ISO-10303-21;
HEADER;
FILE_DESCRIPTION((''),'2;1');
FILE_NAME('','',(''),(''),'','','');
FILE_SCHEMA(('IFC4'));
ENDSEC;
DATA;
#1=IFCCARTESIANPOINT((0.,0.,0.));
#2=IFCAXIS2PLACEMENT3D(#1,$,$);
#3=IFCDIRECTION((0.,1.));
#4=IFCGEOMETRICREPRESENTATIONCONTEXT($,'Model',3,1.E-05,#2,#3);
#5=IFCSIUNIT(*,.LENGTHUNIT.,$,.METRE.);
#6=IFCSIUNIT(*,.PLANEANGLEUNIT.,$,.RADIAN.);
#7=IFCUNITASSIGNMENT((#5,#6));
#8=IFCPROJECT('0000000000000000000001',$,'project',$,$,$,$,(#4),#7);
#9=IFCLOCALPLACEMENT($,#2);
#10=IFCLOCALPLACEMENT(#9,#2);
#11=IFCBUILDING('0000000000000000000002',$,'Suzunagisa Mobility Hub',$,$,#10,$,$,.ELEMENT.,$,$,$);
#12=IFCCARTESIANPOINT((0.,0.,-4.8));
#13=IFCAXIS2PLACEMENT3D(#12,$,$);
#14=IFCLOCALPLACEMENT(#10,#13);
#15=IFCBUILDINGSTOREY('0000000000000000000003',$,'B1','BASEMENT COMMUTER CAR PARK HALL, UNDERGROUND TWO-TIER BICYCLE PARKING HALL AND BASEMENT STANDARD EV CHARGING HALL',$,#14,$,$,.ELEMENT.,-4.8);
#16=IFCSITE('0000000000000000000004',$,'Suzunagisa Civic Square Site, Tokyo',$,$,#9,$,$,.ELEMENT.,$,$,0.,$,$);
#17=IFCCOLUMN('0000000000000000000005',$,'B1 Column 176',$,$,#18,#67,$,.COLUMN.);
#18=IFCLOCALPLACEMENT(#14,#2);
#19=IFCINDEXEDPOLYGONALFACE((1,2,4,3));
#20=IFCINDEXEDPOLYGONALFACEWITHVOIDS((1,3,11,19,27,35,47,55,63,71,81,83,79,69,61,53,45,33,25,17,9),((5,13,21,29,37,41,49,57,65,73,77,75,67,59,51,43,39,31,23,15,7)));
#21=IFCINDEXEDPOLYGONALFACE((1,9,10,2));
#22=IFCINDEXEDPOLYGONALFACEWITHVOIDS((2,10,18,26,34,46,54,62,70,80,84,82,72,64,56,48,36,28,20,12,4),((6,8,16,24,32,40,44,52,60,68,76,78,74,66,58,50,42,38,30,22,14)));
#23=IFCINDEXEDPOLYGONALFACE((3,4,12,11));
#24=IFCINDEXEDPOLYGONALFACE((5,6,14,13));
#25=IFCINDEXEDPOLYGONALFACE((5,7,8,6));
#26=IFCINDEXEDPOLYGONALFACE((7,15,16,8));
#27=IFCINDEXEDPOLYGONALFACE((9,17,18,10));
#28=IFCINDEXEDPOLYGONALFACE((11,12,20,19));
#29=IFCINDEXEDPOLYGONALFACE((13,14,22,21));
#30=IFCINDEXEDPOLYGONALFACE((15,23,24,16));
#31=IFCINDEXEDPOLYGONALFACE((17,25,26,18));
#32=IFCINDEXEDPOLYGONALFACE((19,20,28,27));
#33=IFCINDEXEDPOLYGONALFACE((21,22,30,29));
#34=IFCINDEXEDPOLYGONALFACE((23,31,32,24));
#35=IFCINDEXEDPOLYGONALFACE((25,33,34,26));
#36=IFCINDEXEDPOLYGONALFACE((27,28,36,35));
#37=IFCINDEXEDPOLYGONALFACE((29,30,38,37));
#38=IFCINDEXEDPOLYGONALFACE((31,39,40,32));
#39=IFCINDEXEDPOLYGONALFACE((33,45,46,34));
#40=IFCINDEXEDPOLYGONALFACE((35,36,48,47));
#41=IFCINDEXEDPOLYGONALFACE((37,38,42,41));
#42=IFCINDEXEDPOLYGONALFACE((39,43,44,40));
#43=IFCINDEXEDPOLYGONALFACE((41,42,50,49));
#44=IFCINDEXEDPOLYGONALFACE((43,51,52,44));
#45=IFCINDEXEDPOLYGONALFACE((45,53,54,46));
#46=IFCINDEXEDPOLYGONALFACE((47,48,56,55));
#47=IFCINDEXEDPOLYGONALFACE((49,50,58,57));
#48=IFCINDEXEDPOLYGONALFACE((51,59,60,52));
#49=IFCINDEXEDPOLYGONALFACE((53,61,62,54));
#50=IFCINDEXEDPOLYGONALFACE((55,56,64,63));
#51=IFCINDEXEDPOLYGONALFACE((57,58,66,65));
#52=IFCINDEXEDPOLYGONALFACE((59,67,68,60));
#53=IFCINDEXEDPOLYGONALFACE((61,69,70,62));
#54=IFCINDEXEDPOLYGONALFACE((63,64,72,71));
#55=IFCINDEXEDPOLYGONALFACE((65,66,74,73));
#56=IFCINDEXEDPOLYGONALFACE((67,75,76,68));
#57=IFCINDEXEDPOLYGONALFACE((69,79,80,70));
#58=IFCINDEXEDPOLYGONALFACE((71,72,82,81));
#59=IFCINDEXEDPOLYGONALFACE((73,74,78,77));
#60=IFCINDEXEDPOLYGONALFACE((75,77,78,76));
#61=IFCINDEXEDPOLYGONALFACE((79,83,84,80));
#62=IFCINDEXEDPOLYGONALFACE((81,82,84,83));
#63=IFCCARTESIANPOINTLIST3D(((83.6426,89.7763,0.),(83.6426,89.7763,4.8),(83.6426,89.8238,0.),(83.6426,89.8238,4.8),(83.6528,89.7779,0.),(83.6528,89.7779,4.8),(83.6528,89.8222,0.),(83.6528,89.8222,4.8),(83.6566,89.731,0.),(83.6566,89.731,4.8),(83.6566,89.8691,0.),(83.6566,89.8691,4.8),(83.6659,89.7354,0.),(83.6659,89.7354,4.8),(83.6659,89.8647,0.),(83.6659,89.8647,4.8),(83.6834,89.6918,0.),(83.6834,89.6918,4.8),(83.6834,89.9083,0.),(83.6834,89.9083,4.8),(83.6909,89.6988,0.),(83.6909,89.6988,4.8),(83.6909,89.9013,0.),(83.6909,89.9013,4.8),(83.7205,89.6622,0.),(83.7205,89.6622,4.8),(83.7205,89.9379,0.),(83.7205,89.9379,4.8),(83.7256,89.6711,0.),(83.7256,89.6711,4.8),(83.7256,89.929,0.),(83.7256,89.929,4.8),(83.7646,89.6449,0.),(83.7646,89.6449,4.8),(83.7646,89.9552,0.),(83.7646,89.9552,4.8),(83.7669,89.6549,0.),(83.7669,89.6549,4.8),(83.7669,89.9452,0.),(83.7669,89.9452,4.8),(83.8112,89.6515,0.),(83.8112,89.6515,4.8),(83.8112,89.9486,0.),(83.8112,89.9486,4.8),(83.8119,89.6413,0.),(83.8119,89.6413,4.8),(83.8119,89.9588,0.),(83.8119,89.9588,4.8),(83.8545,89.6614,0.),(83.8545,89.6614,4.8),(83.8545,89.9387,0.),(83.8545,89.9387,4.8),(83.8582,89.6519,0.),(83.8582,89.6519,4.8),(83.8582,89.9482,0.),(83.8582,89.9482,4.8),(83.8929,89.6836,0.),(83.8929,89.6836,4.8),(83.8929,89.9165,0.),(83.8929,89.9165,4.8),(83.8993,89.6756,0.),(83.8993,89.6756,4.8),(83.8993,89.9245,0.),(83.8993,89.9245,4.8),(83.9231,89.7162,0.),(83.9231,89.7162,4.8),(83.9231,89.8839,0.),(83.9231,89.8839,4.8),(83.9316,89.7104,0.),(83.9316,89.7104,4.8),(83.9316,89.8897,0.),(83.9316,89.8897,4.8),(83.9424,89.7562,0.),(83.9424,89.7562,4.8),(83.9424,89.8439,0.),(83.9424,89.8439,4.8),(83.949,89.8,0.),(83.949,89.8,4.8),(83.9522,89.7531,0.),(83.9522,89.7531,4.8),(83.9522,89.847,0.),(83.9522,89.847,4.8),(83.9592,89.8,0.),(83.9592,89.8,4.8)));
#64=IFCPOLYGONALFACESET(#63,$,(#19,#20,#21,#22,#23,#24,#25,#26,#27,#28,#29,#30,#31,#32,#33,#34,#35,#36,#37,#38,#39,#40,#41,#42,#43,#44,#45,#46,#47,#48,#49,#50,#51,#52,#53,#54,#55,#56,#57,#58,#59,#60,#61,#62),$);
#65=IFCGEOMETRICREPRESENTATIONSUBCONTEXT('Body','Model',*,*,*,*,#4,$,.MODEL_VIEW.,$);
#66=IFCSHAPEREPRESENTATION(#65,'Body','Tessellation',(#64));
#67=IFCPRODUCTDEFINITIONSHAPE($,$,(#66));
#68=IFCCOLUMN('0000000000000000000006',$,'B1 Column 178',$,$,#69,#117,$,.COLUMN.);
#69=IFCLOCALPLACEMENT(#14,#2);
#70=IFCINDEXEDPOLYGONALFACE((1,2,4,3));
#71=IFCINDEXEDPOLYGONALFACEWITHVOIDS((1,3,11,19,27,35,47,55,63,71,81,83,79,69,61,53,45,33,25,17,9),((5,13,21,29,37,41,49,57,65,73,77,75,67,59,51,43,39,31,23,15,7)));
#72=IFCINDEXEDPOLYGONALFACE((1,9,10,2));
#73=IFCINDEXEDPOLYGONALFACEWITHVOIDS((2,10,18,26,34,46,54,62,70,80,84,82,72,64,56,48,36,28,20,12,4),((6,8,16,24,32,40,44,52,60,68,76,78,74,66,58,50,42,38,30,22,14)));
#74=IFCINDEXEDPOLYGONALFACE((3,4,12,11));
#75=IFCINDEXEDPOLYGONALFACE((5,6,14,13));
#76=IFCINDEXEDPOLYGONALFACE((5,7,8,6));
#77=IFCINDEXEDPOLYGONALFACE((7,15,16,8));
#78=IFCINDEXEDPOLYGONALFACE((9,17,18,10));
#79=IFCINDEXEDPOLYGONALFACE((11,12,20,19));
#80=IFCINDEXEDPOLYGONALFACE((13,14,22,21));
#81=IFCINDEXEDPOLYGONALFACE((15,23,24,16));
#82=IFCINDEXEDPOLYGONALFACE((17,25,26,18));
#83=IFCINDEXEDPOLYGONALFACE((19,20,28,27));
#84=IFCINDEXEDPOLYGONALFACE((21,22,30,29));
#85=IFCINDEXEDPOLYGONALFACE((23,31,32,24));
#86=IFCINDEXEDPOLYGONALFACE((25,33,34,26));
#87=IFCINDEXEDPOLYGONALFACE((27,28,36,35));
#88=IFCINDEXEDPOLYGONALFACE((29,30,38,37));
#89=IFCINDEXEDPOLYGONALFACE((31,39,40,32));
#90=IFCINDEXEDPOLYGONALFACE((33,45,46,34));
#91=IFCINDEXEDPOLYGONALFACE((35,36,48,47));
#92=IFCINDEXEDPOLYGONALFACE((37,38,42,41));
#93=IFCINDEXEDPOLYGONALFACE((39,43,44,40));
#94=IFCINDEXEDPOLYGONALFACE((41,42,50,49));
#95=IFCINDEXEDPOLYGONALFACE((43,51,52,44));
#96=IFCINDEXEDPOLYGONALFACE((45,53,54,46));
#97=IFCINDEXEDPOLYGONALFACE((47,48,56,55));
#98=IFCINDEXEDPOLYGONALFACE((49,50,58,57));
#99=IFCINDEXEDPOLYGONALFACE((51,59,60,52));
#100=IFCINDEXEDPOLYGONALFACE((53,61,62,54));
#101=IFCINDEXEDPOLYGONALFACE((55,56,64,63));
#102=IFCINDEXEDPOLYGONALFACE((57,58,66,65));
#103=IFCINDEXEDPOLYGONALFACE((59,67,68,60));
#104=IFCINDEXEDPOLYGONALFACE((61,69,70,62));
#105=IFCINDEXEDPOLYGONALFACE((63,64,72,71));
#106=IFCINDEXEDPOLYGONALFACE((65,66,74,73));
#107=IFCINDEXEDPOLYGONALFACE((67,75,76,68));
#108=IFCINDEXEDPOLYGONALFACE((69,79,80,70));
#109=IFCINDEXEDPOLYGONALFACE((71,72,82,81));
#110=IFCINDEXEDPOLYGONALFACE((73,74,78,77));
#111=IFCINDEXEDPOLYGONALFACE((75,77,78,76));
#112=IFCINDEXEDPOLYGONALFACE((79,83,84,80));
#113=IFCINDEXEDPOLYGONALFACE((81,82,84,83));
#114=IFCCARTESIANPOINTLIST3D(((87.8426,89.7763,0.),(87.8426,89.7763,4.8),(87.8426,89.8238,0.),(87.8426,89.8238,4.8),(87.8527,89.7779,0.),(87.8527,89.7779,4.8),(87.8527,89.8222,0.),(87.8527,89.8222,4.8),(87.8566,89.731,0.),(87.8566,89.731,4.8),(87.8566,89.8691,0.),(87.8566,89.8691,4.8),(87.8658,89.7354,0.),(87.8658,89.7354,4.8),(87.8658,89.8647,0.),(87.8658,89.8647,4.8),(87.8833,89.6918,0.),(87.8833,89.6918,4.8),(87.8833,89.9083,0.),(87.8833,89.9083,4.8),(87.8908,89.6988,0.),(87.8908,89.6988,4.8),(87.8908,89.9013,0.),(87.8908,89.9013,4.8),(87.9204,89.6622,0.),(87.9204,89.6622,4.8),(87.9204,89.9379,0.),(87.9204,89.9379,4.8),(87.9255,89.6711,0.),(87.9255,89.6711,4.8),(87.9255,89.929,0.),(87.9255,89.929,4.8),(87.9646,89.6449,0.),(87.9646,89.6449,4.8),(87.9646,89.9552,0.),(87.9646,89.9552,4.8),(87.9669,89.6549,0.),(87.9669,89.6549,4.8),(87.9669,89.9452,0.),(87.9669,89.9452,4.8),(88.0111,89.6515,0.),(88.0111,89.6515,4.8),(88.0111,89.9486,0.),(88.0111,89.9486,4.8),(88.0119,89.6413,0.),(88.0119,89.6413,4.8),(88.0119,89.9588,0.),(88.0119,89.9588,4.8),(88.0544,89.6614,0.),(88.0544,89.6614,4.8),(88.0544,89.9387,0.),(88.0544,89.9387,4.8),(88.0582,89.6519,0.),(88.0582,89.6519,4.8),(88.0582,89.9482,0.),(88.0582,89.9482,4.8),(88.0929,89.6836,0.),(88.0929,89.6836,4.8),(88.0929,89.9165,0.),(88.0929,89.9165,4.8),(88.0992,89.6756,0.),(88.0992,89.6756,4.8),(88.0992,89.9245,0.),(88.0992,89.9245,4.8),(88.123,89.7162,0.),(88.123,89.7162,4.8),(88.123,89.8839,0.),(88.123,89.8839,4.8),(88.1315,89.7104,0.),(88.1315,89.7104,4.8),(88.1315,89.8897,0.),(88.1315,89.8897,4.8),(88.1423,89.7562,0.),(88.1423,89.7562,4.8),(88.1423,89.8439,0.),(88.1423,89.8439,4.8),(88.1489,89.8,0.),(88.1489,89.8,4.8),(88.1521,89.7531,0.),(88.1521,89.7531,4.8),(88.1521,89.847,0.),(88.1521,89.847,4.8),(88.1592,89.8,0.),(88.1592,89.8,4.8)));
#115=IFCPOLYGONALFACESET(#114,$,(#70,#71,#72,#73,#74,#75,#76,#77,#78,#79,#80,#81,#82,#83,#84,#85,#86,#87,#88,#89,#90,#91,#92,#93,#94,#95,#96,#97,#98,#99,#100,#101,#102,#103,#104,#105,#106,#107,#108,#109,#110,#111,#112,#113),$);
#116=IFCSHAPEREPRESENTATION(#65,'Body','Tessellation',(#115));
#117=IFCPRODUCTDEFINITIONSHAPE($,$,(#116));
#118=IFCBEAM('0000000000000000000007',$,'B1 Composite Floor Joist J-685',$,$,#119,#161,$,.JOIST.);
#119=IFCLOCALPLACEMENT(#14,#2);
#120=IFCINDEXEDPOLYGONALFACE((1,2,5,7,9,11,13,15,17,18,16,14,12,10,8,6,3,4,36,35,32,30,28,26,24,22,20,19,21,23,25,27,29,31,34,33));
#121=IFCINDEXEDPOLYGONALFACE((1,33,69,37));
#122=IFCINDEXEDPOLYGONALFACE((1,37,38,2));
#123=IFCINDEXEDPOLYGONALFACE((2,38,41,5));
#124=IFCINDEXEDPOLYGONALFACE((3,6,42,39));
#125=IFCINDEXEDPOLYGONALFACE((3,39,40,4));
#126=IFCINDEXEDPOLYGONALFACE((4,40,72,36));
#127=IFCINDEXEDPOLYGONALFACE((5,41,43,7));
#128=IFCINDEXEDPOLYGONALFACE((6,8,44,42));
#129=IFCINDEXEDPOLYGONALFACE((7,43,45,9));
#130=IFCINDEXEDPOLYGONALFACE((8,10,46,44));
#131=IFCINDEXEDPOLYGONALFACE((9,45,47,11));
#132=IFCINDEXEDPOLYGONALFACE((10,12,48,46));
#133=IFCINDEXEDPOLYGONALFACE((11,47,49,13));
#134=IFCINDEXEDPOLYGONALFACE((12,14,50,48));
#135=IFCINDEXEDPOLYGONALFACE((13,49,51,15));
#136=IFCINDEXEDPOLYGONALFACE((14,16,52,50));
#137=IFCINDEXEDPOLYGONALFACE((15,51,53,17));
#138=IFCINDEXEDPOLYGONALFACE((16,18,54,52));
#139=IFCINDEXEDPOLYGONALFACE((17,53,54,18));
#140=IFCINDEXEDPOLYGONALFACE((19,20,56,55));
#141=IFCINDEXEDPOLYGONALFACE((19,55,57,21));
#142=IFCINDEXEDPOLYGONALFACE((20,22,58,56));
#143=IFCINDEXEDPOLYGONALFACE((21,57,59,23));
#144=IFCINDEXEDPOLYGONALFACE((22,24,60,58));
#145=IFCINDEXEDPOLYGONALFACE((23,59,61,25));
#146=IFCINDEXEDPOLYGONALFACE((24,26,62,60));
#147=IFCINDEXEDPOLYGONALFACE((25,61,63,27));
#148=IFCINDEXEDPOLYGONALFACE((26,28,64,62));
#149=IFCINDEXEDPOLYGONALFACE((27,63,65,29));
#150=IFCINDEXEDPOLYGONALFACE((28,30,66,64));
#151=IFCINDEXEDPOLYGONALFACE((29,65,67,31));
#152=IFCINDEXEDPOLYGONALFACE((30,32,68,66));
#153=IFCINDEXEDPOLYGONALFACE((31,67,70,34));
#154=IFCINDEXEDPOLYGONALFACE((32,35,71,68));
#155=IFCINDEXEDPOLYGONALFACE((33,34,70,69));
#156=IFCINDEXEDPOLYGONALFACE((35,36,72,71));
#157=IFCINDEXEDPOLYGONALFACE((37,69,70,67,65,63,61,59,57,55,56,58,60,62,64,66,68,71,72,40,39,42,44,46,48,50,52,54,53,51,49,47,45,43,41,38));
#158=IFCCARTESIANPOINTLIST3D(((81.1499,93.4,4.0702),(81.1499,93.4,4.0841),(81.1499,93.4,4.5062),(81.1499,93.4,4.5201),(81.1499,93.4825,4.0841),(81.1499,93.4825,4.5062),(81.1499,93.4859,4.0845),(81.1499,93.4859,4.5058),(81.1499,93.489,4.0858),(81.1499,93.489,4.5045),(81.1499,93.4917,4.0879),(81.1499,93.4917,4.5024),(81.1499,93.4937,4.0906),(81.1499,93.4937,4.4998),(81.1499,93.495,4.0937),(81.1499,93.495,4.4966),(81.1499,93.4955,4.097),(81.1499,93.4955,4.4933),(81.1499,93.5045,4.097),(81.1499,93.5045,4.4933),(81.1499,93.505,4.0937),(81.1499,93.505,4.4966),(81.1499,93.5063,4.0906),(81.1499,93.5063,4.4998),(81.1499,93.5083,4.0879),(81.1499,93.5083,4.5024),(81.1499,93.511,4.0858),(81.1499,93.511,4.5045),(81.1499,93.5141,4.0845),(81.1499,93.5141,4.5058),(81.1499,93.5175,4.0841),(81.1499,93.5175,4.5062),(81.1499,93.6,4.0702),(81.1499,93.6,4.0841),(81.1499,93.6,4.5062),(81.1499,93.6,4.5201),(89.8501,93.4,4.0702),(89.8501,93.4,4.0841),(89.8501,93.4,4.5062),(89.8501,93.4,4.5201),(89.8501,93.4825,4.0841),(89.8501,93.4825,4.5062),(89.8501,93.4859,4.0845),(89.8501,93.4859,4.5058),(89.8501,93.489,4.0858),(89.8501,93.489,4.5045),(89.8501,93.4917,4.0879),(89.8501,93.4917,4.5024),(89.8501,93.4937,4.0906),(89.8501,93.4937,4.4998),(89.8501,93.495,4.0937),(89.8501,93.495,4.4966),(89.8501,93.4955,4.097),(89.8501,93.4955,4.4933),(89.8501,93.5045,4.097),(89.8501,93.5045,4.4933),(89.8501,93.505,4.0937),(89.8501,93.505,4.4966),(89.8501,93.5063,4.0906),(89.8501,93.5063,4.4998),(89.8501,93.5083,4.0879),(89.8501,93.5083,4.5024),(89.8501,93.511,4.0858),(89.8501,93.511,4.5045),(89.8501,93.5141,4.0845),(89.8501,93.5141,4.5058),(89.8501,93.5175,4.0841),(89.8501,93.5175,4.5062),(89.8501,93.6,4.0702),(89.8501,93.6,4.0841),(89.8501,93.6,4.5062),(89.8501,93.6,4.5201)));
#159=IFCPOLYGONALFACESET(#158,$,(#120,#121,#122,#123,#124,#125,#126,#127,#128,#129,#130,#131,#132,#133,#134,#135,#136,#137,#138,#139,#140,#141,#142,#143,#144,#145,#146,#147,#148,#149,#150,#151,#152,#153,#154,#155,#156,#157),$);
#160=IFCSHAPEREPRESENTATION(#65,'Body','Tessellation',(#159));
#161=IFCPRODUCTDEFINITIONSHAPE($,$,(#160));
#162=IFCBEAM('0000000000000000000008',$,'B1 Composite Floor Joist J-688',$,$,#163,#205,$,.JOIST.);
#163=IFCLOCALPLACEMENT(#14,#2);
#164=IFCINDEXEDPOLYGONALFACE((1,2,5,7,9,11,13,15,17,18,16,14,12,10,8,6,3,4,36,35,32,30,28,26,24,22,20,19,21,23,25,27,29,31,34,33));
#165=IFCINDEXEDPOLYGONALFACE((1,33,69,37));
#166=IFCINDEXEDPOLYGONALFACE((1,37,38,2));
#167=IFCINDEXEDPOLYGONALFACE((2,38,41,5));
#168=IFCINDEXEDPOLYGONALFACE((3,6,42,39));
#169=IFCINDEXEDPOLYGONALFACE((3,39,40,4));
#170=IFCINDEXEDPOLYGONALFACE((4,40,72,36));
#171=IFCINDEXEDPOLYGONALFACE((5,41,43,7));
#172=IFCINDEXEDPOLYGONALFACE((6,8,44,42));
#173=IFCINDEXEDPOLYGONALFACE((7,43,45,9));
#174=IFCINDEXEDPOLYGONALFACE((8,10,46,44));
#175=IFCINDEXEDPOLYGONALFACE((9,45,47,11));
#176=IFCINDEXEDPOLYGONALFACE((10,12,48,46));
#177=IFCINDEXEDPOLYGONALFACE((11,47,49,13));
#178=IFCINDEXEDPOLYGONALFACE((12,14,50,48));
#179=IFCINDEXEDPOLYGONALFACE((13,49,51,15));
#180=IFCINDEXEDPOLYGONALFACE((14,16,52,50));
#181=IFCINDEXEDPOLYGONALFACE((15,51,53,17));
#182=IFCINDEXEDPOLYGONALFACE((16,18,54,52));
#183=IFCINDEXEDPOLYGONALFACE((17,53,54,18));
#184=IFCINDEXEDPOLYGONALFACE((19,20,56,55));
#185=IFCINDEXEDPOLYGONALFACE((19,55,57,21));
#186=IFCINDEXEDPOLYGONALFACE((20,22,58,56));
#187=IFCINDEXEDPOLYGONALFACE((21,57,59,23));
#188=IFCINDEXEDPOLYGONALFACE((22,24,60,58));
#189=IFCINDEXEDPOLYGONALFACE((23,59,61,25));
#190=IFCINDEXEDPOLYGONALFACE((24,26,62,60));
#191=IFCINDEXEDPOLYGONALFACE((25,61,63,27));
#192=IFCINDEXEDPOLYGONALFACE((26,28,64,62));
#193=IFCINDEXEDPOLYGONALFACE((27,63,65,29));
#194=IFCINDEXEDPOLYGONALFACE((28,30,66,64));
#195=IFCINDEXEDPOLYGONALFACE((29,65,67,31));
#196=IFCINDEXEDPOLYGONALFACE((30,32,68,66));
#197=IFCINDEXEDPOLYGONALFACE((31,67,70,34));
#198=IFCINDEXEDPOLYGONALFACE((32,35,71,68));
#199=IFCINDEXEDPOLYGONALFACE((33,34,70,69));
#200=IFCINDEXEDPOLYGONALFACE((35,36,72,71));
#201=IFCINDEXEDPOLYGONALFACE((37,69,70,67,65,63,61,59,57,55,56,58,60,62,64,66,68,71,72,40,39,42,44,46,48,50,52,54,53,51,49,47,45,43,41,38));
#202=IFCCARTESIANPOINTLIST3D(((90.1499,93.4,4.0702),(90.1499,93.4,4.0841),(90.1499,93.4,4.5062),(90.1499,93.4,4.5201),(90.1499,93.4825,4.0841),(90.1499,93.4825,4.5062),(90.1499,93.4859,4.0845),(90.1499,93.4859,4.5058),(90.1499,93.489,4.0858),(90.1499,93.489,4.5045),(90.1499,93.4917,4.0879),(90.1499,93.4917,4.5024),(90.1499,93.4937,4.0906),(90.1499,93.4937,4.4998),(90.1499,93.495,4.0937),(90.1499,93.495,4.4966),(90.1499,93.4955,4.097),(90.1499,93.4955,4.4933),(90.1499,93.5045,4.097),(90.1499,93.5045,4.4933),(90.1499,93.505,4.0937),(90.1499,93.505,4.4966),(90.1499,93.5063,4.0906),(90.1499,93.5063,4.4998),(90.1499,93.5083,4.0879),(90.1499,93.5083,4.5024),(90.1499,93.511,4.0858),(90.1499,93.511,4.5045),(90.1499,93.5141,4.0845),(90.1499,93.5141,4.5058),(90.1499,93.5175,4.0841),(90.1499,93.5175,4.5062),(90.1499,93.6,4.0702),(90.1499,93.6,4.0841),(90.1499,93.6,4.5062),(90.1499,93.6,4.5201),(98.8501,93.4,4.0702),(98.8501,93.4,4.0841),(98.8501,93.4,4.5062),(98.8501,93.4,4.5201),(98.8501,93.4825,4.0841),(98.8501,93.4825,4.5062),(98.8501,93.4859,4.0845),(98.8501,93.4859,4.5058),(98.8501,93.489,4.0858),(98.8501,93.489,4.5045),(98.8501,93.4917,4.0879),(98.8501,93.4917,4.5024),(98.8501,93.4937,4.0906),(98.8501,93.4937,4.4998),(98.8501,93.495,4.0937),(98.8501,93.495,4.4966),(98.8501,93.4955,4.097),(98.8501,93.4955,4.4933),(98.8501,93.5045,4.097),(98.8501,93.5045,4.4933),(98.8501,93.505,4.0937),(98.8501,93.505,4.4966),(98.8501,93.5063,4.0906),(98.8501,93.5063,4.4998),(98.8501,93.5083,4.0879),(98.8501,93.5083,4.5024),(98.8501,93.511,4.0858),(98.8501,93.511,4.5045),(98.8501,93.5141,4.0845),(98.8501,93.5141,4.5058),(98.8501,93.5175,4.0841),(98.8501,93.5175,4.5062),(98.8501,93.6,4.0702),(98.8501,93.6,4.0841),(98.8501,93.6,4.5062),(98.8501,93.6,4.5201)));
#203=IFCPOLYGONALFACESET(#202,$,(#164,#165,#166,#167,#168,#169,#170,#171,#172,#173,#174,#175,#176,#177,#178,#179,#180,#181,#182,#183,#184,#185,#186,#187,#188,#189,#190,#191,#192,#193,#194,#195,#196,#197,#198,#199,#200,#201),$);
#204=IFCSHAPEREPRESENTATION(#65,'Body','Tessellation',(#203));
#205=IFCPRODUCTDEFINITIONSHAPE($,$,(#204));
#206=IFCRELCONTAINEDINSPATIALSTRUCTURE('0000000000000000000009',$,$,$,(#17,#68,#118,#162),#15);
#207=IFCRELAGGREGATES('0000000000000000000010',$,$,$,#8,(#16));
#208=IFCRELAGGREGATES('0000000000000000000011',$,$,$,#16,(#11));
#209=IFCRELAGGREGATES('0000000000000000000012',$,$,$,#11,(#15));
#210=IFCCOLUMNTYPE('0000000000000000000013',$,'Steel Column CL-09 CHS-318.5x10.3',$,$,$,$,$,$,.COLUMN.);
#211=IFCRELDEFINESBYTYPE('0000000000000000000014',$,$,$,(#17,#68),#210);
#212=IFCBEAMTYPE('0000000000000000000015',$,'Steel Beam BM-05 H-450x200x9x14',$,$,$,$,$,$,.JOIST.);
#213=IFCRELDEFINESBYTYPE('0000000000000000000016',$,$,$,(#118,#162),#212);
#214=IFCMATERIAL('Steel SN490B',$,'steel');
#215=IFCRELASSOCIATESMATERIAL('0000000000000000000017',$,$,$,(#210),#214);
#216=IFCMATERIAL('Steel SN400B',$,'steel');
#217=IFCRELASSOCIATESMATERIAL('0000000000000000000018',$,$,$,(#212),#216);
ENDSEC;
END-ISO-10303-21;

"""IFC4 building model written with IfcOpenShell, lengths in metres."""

from ifc_helpers import new_model, si_unit, direction, frame, origin, origin_2d, place, context, subcontext, project, spatial, hollow_circle, i_section, extrude, material, material_profile, profile_set, type_object, element, save


model = new_model("IFC4")

# Units and contexts
model_context = context("Model", 3, precision=1e-05, world=origin(), true_north=direction((0.0, 1.0)))
body_context = subcontext(model_context, "Body", "Model", "MODEL_VIEW")
ifc_project = project(units=[si_unit("LENGTHUNIT", "METRE"), si_unit("PLANEANGLEUNIT", "RADIAN")], contexts=[model_context])

# Site, building, storey
site_placement = place(None, origin())
site = spatial("IfcSite", under=ifc_project, at=site_placement, Name="Suzunagisa Civic Square Site, Tokyo", CompositionType="ELEMENT", RefElevation=0.0)
building_placement = place(site_placement, origin())
building = spatial("IfcBuilding", under=site, at=building_placement, Name="Suzunagisa Mobility Hub", CompositionType="ELEMENT")
storey_placement = place(building_placement, frame((0.0, 0.0, -4.8)))
storey = spatial("IfcBuildingStorey", under=building, at=storey_placement, Name="B1", Description="BASEMENT COMMUTER CAR PARK HALL, UNDERGROUND TWO-TIER BICYCLE PARKING HALL AND BASEMENT STANDARD EV CHARGING HALL", CompositionType="ELEMENT", Elevation=-4.8)

# Columns
ifc_material_1 = material(Name="Steel SN490B", Category="steel")
ifc_material_profile_1 = material_profile(ifc_material_1, hollow_circle(Radius=0.1592, WallThickness=0.0103, at=origin_2d()), Name="CHS-318.5x10.3")
ifc_profile_set_1 = profile_set([ifc_material_profile_1], Name="Steel SN490B")
column_type = type_object("IfcColumnType", Name="Steel Column CL-09 CHS-318.5x10.3", PredefinedType="COLUMN", material=ifc_profile_set_1)
for number, where, z_axis, x_axis, name in (
    (1, (83.8, 89.8, 0.0), (0.0, 0.0, 1.0), (1.0, 0.0, 0.0), "B1 Column 176"),
    (2, (88.0, 89.8, 0.0), (0.0, 0.0, 1.0), (1.0, 0.0, 0.0), "B1 Column 178"),
):
    element("IfcColumn", number, at=place(storey_placement, frame(where, z_axis=z_axis, x_axis=x_axis)), inside=storey, type_object=column_type, Name=name, PredefinedType="COLUMN", context=body_context, shape_type="SweptSolid", body=[
        extrude(hollow_circle(Radius=0.1592, WallThickness=0.0103, at=origin_2d()), origin(), (0.0, 0.0, 1.0), 4.8),
    ])

# Beams
ifc_material_2 = material(Name="Steel SN400B", Category="steel")
ifc_material_profile_2 = material_profile(ifc_material_2, i_section(OverallWidth=0.2, OverallDepth=0.45, WebThickness=0.009, FlangeThickness=0.0139, FilletRadius=0.0129, at=origin_2d()), Name="H-450x200x9x14")
ifc_profile_set_2 = profile_set([ifc_material_profile_2], Name="Steel SN400B")
beam_type_1 = type_object("IfcBeamType", Name="Steel Beam BM-05 H-450x200x9x14", PredefinedType="JOIST", material=ifc_profile_set_2)
for number, where, z_axis, x_axis, name in (
    (3, (81.1499, 93.5, 4.2952), (1.0, 0.0, 0.0), (0.0, 1.0, 0.0), "B1 Composite Floor Joist J-685"),
    (4, (90.1499, 93.5, 4.2952), (1.0, 0.0, 0.0), (0.0, 1.0, 0.0), "B1 Composite Floor Joist J-688"),
):
    element("IfcBeam", number, at=place(storey_placement, frame(where, z_axis=z_axis, x_axis=x_axis)), inside=storey, type_object=beam_type_1, Name=name, PredefinedType="JOIST", context=body_context, shape_type="SweptSolid", body=[
        extrude(i_section(OverallWidth=0.2, OverallDepth=0.45, WebThickness=0.009, FlangeThickness=0.0139, FilletRadius=0.0129, at=origin_2d()), origin(), (0.0, 0.0, 1.0), 8.7002),
    ])

save(model, "model.ifc")
